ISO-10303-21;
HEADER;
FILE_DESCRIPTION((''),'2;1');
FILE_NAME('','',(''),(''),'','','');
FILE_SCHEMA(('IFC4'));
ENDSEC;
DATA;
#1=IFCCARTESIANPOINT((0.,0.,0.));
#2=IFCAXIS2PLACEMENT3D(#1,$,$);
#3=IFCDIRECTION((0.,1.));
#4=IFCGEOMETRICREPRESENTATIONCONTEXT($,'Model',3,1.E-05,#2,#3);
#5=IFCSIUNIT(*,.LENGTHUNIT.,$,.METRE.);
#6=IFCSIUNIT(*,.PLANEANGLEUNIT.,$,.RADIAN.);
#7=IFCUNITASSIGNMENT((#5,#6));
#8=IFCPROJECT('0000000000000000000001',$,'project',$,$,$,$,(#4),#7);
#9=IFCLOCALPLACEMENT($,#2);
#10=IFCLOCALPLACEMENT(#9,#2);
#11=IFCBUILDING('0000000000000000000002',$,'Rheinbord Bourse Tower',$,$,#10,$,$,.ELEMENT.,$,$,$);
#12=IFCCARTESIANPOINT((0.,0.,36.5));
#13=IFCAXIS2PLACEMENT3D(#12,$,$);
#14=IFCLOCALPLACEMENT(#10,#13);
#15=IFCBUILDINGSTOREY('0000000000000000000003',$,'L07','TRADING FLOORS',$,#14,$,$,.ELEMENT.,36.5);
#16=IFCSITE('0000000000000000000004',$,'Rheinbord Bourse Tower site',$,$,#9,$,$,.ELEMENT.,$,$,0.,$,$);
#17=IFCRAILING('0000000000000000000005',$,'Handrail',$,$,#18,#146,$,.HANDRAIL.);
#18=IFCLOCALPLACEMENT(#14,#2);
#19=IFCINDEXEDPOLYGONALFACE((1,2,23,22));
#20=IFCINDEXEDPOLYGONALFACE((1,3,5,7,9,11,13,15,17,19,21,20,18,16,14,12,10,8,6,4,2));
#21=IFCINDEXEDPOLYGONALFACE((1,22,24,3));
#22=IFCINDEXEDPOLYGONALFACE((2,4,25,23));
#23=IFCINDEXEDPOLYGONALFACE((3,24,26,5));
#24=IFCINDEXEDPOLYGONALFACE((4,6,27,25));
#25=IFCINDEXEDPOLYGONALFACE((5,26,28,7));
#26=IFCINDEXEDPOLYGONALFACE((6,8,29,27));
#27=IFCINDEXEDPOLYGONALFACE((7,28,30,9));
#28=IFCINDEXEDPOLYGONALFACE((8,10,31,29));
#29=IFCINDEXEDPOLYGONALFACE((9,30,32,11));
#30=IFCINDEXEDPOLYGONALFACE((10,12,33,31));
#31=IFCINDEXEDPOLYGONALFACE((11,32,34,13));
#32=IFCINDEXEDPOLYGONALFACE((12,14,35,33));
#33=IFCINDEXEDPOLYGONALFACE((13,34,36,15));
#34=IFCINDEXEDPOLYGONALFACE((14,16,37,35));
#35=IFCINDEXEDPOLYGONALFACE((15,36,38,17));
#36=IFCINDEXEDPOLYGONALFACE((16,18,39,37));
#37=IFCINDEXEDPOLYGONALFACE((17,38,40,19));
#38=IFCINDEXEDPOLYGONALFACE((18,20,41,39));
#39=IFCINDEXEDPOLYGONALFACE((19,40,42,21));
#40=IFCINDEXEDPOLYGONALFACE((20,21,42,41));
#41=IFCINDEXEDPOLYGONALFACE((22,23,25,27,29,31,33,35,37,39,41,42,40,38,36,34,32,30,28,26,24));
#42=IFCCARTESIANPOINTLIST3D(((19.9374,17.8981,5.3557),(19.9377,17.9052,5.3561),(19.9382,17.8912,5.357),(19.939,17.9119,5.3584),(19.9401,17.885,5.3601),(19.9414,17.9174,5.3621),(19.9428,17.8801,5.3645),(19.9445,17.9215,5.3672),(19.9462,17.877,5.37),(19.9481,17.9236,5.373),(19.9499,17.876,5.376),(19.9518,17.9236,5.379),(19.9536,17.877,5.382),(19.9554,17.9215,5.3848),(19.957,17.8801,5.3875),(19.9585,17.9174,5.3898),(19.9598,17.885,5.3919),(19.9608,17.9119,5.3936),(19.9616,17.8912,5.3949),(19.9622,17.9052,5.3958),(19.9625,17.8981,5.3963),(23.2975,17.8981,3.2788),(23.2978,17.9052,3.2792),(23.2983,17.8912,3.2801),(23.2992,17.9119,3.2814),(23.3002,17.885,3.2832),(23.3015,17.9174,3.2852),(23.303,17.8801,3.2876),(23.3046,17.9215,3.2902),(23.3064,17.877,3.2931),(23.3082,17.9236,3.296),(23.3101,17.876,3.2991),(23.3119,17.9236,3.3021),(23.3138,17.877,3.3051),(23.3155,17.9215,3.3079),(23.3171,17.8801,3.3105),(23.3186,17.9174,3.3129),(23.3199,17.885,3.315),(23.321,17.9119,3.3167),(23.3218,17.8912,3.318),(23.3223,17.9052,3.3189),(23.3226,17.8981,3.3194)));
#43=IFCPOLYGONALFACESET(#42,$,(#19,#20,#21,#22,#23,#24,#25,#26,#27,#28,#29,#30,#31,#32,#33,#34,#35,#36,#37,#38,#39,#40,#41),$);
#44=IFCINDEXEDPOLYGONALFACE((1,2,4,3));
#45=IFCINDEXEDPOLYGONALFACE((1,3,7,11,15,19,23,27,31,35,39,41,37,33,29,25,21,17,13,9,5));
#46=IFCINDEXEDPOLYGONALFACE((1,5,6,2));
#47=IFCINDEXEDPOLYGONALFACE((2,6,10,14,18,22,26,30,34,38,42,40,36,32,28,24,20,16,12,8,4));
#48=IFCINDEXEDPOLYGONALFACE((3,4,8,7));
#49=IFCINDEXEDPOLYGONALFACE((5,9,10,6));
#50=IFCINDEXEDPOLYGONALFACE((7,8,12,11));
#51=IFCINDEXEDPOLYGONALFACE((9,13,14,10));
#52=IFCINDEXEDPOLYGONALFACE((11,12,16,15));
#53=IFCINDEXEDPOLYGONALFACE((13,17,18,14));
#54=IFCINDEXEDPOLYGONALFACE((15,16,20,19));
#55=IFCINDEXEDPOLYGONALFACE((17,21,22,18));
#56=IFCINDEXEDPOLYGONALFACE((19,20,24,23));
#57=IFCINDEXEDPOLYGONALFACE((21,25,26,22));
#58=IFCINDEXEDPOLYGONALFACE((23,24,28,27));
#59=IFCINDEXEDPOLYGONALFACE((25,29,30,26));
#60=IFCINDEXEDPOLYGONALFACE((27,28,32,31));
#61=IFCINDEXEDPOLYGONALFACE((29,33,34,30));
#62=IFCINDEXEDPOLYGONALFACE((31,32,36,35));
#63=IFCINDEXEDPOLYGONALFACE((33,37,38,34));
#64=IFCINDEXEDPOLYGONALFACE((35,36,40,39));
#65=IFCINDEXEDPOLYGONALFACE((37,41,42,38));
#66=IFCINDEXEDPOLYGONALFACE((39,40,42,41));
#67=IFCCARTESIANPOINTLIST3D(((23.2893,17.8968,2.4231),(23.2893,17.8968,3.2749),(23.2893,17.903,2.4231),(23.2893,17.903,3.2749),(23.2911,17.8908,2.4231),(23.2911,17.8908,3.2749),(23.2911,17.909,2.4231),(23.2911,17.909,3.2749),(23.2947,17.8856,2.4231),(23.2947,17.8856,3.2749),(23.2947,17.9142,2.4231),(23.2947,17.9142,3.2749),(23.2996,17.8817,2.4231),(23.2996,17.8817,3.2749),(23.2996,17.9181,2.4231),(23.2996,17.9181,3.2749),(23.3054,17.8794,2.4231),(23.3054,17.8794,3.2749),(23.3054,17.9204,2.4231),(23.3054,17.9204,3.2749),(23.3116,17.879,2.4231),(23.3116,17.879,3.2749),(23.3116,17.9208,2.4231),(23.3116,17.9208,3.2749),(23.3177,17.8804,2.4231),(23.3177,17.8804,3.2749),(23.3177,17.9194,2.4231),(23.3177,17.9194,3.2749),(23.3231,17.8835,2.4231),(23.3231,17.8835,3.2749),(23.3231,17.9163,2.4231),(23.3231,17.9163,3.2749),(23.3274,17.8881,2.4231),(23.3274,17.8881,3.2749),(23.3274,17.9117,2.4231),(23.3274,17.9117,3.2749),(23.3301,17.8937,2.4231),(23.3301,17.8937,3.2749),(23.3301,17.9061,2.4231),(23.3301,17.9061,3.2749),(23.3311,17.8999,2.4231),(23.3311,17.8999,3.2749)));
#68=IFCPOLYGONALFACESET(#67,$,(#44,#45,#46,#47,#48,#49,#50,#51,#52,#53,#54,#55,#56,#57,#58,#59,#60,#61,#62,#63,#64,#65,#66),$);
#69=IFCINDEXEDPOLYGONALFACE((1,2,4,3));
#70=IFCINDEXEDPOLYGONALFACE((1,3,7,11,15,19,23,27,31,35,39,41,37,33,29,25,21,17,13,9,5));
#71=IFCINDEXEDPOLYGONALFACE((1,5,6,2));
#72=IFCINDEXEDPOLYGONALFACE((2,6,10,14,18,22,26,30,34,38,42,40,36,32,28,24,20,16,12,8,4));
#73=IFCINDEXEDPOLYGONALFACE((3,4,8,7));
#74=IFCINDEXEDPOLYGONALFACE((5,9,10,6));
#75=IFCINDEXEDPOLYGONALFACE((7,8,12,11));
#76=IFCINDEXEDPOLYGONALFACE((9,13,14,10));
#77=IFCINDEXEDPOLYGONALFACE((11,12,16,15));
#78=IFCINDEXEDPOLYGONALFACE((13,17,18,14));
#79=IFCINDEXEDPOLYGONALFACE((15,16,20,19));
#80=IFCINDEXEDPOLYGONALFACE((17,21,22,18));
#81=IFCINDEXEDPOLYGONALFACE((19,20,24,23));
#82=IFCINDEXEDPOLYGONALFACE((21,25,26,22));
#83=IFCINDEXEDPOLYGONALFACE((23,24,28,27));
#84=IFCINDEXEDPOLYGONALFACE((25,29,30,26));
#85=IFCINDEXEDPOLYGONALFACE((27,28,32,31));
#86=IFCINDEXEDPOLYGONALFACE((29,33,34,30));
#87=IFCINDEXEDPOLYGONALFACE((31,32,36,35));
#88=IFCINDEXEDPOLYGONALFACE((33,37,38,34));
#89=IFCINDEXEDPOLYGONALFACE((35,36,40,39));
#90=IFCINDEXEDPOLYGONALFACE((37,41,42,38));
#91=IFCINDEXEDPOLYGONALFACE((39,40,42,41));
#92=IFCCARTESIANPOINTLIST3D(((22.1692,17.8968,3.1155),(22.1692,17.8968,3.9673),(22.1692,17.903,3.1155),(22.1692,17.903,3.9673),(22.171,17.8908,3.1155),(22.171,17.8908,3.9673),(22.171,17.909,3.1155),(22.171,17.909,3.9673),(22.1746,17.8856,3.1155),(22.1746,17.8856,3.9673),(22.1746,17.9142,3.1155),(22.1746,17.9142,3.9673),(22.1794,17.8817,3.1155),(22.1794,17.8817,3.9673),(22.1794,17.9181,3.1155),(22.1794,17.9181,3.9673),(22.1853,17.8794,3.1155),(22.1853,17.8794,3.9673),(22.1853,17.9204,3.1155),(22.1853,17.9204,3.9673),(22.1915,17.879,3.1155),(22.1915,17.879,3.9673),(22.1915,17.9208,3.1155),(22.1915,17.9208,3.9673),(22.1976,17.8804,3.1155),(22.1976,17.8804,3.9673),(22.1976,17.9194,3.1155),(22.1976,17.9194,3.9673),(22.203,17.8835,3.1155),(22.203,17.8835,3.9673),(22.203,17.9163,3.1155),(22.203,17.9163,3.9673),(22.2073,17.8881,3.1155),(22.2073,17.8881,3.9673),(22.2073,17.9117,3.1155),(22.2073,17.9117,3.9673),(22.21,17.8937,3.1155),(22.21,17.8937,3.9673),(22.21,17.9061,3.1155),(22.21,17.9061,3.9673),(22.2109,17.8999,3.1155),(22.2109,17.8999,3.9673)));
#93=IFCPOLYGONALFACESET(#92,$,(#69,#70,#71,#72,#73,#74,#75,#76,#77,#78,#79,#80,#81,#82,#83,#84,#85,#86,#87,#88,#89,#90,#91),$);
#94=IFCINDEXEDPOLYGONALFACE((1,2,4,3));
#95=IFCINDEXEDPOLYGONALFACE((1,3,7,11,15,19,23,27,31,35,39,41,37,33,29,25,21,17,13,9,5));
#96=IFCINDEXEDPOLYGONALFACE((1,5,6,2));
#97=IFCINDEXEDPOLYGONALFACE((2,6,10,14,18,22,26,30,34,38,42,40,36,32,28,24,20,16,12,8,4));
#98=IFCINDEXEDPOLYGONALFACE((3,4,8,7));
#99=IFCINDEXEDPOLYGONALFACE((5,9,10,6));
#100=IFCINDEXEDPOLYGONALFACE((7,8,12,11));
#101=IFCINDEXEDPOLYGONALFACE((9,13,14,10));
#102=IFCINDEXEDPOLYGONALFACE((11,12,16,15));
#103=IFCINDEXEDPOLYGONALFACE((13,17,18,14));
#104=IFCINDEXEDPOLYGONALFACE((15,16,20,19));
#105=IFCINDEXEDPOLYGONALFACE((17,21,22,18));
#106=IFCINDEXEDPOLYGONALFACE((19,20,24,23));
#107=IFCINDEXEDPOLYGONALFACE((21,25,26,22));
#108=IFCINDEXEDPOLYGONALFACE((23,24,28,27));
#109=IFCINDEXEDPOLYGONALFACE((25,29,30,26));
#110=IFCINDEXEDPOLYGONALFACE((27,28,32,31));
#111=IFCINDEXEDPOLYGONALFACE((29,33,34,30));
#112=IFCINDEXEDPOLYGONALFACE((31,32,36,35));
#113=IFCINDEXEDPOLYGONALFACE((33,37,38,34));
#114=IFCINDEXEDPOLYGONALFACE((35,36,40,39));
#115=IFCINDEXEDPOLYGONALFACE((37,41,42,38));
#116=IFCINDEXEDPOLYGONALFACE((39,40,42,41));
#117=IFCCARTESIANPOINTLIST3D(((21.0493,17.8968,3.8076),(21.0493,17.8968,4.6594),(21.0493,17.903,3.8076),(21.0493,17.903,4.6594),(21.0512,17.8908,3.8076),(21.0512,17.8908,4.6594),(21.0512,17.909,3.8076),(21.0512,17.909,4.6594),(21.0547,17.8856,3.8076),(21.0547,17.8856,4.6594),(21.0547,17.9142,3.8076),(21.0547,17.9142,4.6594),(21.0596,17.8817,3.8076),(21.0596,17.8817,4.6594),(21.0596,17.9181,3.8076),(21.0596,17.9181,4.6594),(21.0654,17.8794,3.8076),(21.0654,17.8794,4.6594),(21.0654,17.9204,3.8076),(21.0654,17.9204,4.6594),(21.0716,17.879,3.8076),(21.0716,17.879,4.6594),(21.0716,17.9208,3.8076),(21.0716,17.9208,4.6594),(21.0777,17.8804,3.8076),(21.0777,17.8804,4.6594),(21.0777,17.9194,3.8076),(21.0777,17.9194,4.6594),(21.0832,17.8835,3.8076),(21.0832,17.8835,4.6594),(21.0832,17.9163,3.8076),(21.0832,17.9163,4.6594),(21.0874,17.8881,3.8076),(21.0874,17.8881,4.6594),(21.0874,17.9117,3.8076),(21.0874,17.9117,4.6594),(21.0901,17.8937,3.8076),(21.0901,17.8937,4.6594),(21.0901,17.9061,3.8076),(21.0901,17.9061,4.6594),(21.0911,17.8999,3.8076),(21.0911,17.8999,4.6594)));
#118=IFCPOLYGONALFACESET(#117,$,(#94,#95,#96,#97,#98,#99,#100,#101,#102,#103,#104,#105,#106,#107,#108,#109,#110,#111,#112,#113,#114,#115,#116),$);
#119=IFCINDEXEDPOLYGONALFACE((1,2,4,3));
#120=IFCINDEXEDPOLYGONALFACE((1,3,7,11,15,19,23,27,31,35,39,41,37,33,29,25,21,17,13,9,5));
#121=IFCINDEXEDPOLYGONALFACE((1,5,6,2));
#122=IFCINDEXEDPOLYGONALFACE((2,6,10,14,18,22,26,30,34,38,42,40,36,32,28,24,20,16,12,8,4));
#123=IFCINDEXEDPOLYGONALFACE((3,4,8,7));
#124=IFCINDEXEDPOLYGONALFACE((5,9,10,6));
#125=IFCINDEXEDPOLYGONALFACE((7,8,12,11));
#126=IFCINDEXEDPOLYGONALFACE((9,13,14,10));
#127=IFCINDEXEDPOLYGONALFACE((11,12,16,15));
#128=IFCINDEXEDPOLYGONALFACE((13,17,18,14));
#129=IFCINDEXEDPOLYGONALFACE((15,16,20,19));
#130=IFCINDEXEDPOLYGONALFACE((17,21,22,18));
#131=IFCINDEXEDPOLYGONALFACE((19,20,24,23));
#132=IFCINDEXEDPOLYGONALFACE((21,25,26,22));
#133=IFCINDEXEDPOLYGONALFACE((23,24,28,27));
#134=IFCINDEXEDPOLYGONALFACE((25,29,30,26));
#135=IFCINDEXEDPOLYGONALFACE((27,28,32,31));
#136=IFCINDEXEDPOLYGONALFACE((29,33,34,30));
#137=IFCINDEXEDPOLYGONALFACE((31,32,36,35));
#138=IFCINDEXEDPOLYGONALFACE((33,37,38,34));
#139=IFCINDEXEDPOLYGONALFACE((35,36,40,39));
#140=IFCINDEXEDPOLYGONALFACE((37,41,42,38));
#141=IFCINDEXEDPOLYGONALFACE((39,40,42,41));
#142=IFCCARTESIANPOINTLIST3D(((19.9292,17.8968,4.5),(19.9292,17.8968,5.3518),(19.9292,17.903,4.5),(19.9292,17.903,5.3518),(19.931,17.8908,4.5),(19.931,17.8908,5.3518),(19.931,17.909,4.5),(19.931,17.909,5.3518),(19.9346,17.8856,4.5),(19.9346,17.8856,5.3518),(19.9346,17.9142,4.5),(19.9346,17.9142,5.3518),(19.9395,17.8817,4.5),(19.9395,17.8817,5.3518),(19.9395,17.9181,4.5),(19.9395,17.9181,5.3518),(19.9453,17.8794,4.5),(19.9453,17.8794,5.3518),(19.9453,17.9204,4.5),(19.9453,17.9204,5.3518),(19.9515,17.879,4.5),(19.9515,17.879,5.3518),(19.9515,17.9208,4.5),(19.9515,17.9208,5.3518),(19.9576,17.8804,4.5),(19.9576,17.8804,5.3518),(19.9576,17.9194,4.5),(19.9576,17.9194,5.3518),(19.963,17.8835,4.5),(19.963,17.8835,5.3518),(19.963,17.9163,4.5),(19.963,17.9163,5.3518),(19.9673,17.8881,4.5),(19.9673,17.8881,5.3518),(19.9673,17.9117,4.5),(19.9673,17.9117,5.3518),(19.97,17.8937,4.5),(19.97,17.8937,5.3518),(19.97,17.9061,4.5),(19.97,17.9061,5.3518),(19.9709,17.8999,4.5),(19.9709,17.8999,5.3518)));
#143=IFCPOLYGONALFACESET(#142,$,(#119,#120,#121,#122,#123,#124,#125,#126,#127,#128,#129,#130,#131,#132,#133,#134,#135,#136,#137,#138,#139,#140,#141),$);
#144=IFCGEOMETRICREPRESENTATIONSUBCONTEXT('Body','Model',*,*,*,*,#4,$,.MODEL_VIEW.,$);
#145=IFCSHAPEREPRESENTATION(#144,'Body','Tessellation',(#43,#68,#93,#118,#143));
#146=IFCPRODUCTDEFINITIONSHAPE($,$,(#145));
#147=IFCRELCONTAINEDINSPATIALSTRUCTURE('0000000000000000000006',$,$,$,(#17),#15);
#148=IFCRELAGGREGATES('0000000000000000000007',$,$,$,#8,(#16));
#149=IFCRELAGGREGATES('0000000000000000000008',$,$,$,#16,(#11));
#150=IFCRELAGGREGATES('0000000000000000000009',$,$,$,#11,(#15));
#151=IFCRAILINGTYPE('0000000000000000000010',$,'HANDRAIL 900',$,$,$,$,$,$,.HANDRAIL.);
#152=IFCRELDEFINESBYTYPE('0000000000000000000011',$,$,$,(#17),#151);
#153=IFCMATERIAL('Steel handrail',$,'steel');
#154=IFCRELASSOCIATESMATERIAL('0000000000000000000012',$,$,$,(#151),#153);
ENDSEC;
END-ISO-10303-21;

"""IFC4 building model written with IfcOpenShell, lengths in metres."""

from ifc_helpers import new_model, si_unit, direction, frame, origin, origin_2d, place, context, subcontext, project, spatial, circle, extrude, material, type_object, element, save


model = new_model("IFC4")

# Units and contexts
model_context = context("Model", 3, precision=1e-05, world=origin(), true_north=direction((0.0, 1.0)))
body_context = subcontext(model_context, "Body", "Model", "MODEL_VIEW")
ifc_project = project(units=[si_unit("LENGTHUNIT", "METRE"), si_unit("PLANEANGLEUNIT", "RADIAN")], contexts=[model_context])

# Site, building, storey
site_placement = place(None, origin())
site = spatial("IfcSite", under=ifc_project, at=site_placement, Name="Rheinbord Bourse Tower site", CompositionType="ELEMENT", RefElevation=0.0)
building_placement = place(site_placement, origin())
building = spatial("IfcBuilding", under=site, at=building_placement, Name="Rheinbord Bourse Tower", CompositionType="ELEMENT")
storey_placement = place(building_placement, frame((0.0, 0.0, 36.5)))
storey = spatial("IfcBuildingStorey", under=building, at=storey_placement, Name="L07", Description="TRADING FLOORS", CompositionType="ELEMENT", Elevation=36.5)

# Railing
ifc_material_1 = material(Name="Steel handrail", Category="steel")
railing_type = type_object("IfcRailingType", Name="HANDRAIL 900", PredefinedType="HANDRAIL", material=ifc_material_1)
railing_1_placement = place(storey_placement, frame((23.3101, 17.8999, 2.4231)))
element("IfcRailing", 1, at=railing_1_placement, inside=storey, type_object=railing_type, Name="Handrail", PredefinedType="HANDRAIL", context=body_context, shape_type="SweptSolid", body=[
    extrude(circle(Radius=0.0239, at=origin_2d()), frame((0.0, 0.0, 0.876), z_axis=(-0.850623, 0.0, 0.525776), x_axis=(0.0, -1.0, 0.0)), (0.0, 0.0, 1.0), 3.9502),
    extrude(circle(Radius=0.021, at=origin_2d()), origin(), (0.0, 0.0, 1.0), 0.8518),
    extrude(circle(Radius=0.021, at=origin_2d()), frame((-1.1201, 0.0, 0.6924)), (0.0, 0.0, 1.0), 0.8518),
    extrude(circle(Radius=0.021, at=origin_2d()), frame((-2.24, 0.0, 1.3845)), (0.0, 0.0, 1.0), 0.8518),
    extrude(circle(Radius=0.021, at=origin_2d()), frame((-3.3601, 0.0, 2.0769)), (0.0, 0.0, 1.0), 0.8518),
])

save(model, "model.ifc")
